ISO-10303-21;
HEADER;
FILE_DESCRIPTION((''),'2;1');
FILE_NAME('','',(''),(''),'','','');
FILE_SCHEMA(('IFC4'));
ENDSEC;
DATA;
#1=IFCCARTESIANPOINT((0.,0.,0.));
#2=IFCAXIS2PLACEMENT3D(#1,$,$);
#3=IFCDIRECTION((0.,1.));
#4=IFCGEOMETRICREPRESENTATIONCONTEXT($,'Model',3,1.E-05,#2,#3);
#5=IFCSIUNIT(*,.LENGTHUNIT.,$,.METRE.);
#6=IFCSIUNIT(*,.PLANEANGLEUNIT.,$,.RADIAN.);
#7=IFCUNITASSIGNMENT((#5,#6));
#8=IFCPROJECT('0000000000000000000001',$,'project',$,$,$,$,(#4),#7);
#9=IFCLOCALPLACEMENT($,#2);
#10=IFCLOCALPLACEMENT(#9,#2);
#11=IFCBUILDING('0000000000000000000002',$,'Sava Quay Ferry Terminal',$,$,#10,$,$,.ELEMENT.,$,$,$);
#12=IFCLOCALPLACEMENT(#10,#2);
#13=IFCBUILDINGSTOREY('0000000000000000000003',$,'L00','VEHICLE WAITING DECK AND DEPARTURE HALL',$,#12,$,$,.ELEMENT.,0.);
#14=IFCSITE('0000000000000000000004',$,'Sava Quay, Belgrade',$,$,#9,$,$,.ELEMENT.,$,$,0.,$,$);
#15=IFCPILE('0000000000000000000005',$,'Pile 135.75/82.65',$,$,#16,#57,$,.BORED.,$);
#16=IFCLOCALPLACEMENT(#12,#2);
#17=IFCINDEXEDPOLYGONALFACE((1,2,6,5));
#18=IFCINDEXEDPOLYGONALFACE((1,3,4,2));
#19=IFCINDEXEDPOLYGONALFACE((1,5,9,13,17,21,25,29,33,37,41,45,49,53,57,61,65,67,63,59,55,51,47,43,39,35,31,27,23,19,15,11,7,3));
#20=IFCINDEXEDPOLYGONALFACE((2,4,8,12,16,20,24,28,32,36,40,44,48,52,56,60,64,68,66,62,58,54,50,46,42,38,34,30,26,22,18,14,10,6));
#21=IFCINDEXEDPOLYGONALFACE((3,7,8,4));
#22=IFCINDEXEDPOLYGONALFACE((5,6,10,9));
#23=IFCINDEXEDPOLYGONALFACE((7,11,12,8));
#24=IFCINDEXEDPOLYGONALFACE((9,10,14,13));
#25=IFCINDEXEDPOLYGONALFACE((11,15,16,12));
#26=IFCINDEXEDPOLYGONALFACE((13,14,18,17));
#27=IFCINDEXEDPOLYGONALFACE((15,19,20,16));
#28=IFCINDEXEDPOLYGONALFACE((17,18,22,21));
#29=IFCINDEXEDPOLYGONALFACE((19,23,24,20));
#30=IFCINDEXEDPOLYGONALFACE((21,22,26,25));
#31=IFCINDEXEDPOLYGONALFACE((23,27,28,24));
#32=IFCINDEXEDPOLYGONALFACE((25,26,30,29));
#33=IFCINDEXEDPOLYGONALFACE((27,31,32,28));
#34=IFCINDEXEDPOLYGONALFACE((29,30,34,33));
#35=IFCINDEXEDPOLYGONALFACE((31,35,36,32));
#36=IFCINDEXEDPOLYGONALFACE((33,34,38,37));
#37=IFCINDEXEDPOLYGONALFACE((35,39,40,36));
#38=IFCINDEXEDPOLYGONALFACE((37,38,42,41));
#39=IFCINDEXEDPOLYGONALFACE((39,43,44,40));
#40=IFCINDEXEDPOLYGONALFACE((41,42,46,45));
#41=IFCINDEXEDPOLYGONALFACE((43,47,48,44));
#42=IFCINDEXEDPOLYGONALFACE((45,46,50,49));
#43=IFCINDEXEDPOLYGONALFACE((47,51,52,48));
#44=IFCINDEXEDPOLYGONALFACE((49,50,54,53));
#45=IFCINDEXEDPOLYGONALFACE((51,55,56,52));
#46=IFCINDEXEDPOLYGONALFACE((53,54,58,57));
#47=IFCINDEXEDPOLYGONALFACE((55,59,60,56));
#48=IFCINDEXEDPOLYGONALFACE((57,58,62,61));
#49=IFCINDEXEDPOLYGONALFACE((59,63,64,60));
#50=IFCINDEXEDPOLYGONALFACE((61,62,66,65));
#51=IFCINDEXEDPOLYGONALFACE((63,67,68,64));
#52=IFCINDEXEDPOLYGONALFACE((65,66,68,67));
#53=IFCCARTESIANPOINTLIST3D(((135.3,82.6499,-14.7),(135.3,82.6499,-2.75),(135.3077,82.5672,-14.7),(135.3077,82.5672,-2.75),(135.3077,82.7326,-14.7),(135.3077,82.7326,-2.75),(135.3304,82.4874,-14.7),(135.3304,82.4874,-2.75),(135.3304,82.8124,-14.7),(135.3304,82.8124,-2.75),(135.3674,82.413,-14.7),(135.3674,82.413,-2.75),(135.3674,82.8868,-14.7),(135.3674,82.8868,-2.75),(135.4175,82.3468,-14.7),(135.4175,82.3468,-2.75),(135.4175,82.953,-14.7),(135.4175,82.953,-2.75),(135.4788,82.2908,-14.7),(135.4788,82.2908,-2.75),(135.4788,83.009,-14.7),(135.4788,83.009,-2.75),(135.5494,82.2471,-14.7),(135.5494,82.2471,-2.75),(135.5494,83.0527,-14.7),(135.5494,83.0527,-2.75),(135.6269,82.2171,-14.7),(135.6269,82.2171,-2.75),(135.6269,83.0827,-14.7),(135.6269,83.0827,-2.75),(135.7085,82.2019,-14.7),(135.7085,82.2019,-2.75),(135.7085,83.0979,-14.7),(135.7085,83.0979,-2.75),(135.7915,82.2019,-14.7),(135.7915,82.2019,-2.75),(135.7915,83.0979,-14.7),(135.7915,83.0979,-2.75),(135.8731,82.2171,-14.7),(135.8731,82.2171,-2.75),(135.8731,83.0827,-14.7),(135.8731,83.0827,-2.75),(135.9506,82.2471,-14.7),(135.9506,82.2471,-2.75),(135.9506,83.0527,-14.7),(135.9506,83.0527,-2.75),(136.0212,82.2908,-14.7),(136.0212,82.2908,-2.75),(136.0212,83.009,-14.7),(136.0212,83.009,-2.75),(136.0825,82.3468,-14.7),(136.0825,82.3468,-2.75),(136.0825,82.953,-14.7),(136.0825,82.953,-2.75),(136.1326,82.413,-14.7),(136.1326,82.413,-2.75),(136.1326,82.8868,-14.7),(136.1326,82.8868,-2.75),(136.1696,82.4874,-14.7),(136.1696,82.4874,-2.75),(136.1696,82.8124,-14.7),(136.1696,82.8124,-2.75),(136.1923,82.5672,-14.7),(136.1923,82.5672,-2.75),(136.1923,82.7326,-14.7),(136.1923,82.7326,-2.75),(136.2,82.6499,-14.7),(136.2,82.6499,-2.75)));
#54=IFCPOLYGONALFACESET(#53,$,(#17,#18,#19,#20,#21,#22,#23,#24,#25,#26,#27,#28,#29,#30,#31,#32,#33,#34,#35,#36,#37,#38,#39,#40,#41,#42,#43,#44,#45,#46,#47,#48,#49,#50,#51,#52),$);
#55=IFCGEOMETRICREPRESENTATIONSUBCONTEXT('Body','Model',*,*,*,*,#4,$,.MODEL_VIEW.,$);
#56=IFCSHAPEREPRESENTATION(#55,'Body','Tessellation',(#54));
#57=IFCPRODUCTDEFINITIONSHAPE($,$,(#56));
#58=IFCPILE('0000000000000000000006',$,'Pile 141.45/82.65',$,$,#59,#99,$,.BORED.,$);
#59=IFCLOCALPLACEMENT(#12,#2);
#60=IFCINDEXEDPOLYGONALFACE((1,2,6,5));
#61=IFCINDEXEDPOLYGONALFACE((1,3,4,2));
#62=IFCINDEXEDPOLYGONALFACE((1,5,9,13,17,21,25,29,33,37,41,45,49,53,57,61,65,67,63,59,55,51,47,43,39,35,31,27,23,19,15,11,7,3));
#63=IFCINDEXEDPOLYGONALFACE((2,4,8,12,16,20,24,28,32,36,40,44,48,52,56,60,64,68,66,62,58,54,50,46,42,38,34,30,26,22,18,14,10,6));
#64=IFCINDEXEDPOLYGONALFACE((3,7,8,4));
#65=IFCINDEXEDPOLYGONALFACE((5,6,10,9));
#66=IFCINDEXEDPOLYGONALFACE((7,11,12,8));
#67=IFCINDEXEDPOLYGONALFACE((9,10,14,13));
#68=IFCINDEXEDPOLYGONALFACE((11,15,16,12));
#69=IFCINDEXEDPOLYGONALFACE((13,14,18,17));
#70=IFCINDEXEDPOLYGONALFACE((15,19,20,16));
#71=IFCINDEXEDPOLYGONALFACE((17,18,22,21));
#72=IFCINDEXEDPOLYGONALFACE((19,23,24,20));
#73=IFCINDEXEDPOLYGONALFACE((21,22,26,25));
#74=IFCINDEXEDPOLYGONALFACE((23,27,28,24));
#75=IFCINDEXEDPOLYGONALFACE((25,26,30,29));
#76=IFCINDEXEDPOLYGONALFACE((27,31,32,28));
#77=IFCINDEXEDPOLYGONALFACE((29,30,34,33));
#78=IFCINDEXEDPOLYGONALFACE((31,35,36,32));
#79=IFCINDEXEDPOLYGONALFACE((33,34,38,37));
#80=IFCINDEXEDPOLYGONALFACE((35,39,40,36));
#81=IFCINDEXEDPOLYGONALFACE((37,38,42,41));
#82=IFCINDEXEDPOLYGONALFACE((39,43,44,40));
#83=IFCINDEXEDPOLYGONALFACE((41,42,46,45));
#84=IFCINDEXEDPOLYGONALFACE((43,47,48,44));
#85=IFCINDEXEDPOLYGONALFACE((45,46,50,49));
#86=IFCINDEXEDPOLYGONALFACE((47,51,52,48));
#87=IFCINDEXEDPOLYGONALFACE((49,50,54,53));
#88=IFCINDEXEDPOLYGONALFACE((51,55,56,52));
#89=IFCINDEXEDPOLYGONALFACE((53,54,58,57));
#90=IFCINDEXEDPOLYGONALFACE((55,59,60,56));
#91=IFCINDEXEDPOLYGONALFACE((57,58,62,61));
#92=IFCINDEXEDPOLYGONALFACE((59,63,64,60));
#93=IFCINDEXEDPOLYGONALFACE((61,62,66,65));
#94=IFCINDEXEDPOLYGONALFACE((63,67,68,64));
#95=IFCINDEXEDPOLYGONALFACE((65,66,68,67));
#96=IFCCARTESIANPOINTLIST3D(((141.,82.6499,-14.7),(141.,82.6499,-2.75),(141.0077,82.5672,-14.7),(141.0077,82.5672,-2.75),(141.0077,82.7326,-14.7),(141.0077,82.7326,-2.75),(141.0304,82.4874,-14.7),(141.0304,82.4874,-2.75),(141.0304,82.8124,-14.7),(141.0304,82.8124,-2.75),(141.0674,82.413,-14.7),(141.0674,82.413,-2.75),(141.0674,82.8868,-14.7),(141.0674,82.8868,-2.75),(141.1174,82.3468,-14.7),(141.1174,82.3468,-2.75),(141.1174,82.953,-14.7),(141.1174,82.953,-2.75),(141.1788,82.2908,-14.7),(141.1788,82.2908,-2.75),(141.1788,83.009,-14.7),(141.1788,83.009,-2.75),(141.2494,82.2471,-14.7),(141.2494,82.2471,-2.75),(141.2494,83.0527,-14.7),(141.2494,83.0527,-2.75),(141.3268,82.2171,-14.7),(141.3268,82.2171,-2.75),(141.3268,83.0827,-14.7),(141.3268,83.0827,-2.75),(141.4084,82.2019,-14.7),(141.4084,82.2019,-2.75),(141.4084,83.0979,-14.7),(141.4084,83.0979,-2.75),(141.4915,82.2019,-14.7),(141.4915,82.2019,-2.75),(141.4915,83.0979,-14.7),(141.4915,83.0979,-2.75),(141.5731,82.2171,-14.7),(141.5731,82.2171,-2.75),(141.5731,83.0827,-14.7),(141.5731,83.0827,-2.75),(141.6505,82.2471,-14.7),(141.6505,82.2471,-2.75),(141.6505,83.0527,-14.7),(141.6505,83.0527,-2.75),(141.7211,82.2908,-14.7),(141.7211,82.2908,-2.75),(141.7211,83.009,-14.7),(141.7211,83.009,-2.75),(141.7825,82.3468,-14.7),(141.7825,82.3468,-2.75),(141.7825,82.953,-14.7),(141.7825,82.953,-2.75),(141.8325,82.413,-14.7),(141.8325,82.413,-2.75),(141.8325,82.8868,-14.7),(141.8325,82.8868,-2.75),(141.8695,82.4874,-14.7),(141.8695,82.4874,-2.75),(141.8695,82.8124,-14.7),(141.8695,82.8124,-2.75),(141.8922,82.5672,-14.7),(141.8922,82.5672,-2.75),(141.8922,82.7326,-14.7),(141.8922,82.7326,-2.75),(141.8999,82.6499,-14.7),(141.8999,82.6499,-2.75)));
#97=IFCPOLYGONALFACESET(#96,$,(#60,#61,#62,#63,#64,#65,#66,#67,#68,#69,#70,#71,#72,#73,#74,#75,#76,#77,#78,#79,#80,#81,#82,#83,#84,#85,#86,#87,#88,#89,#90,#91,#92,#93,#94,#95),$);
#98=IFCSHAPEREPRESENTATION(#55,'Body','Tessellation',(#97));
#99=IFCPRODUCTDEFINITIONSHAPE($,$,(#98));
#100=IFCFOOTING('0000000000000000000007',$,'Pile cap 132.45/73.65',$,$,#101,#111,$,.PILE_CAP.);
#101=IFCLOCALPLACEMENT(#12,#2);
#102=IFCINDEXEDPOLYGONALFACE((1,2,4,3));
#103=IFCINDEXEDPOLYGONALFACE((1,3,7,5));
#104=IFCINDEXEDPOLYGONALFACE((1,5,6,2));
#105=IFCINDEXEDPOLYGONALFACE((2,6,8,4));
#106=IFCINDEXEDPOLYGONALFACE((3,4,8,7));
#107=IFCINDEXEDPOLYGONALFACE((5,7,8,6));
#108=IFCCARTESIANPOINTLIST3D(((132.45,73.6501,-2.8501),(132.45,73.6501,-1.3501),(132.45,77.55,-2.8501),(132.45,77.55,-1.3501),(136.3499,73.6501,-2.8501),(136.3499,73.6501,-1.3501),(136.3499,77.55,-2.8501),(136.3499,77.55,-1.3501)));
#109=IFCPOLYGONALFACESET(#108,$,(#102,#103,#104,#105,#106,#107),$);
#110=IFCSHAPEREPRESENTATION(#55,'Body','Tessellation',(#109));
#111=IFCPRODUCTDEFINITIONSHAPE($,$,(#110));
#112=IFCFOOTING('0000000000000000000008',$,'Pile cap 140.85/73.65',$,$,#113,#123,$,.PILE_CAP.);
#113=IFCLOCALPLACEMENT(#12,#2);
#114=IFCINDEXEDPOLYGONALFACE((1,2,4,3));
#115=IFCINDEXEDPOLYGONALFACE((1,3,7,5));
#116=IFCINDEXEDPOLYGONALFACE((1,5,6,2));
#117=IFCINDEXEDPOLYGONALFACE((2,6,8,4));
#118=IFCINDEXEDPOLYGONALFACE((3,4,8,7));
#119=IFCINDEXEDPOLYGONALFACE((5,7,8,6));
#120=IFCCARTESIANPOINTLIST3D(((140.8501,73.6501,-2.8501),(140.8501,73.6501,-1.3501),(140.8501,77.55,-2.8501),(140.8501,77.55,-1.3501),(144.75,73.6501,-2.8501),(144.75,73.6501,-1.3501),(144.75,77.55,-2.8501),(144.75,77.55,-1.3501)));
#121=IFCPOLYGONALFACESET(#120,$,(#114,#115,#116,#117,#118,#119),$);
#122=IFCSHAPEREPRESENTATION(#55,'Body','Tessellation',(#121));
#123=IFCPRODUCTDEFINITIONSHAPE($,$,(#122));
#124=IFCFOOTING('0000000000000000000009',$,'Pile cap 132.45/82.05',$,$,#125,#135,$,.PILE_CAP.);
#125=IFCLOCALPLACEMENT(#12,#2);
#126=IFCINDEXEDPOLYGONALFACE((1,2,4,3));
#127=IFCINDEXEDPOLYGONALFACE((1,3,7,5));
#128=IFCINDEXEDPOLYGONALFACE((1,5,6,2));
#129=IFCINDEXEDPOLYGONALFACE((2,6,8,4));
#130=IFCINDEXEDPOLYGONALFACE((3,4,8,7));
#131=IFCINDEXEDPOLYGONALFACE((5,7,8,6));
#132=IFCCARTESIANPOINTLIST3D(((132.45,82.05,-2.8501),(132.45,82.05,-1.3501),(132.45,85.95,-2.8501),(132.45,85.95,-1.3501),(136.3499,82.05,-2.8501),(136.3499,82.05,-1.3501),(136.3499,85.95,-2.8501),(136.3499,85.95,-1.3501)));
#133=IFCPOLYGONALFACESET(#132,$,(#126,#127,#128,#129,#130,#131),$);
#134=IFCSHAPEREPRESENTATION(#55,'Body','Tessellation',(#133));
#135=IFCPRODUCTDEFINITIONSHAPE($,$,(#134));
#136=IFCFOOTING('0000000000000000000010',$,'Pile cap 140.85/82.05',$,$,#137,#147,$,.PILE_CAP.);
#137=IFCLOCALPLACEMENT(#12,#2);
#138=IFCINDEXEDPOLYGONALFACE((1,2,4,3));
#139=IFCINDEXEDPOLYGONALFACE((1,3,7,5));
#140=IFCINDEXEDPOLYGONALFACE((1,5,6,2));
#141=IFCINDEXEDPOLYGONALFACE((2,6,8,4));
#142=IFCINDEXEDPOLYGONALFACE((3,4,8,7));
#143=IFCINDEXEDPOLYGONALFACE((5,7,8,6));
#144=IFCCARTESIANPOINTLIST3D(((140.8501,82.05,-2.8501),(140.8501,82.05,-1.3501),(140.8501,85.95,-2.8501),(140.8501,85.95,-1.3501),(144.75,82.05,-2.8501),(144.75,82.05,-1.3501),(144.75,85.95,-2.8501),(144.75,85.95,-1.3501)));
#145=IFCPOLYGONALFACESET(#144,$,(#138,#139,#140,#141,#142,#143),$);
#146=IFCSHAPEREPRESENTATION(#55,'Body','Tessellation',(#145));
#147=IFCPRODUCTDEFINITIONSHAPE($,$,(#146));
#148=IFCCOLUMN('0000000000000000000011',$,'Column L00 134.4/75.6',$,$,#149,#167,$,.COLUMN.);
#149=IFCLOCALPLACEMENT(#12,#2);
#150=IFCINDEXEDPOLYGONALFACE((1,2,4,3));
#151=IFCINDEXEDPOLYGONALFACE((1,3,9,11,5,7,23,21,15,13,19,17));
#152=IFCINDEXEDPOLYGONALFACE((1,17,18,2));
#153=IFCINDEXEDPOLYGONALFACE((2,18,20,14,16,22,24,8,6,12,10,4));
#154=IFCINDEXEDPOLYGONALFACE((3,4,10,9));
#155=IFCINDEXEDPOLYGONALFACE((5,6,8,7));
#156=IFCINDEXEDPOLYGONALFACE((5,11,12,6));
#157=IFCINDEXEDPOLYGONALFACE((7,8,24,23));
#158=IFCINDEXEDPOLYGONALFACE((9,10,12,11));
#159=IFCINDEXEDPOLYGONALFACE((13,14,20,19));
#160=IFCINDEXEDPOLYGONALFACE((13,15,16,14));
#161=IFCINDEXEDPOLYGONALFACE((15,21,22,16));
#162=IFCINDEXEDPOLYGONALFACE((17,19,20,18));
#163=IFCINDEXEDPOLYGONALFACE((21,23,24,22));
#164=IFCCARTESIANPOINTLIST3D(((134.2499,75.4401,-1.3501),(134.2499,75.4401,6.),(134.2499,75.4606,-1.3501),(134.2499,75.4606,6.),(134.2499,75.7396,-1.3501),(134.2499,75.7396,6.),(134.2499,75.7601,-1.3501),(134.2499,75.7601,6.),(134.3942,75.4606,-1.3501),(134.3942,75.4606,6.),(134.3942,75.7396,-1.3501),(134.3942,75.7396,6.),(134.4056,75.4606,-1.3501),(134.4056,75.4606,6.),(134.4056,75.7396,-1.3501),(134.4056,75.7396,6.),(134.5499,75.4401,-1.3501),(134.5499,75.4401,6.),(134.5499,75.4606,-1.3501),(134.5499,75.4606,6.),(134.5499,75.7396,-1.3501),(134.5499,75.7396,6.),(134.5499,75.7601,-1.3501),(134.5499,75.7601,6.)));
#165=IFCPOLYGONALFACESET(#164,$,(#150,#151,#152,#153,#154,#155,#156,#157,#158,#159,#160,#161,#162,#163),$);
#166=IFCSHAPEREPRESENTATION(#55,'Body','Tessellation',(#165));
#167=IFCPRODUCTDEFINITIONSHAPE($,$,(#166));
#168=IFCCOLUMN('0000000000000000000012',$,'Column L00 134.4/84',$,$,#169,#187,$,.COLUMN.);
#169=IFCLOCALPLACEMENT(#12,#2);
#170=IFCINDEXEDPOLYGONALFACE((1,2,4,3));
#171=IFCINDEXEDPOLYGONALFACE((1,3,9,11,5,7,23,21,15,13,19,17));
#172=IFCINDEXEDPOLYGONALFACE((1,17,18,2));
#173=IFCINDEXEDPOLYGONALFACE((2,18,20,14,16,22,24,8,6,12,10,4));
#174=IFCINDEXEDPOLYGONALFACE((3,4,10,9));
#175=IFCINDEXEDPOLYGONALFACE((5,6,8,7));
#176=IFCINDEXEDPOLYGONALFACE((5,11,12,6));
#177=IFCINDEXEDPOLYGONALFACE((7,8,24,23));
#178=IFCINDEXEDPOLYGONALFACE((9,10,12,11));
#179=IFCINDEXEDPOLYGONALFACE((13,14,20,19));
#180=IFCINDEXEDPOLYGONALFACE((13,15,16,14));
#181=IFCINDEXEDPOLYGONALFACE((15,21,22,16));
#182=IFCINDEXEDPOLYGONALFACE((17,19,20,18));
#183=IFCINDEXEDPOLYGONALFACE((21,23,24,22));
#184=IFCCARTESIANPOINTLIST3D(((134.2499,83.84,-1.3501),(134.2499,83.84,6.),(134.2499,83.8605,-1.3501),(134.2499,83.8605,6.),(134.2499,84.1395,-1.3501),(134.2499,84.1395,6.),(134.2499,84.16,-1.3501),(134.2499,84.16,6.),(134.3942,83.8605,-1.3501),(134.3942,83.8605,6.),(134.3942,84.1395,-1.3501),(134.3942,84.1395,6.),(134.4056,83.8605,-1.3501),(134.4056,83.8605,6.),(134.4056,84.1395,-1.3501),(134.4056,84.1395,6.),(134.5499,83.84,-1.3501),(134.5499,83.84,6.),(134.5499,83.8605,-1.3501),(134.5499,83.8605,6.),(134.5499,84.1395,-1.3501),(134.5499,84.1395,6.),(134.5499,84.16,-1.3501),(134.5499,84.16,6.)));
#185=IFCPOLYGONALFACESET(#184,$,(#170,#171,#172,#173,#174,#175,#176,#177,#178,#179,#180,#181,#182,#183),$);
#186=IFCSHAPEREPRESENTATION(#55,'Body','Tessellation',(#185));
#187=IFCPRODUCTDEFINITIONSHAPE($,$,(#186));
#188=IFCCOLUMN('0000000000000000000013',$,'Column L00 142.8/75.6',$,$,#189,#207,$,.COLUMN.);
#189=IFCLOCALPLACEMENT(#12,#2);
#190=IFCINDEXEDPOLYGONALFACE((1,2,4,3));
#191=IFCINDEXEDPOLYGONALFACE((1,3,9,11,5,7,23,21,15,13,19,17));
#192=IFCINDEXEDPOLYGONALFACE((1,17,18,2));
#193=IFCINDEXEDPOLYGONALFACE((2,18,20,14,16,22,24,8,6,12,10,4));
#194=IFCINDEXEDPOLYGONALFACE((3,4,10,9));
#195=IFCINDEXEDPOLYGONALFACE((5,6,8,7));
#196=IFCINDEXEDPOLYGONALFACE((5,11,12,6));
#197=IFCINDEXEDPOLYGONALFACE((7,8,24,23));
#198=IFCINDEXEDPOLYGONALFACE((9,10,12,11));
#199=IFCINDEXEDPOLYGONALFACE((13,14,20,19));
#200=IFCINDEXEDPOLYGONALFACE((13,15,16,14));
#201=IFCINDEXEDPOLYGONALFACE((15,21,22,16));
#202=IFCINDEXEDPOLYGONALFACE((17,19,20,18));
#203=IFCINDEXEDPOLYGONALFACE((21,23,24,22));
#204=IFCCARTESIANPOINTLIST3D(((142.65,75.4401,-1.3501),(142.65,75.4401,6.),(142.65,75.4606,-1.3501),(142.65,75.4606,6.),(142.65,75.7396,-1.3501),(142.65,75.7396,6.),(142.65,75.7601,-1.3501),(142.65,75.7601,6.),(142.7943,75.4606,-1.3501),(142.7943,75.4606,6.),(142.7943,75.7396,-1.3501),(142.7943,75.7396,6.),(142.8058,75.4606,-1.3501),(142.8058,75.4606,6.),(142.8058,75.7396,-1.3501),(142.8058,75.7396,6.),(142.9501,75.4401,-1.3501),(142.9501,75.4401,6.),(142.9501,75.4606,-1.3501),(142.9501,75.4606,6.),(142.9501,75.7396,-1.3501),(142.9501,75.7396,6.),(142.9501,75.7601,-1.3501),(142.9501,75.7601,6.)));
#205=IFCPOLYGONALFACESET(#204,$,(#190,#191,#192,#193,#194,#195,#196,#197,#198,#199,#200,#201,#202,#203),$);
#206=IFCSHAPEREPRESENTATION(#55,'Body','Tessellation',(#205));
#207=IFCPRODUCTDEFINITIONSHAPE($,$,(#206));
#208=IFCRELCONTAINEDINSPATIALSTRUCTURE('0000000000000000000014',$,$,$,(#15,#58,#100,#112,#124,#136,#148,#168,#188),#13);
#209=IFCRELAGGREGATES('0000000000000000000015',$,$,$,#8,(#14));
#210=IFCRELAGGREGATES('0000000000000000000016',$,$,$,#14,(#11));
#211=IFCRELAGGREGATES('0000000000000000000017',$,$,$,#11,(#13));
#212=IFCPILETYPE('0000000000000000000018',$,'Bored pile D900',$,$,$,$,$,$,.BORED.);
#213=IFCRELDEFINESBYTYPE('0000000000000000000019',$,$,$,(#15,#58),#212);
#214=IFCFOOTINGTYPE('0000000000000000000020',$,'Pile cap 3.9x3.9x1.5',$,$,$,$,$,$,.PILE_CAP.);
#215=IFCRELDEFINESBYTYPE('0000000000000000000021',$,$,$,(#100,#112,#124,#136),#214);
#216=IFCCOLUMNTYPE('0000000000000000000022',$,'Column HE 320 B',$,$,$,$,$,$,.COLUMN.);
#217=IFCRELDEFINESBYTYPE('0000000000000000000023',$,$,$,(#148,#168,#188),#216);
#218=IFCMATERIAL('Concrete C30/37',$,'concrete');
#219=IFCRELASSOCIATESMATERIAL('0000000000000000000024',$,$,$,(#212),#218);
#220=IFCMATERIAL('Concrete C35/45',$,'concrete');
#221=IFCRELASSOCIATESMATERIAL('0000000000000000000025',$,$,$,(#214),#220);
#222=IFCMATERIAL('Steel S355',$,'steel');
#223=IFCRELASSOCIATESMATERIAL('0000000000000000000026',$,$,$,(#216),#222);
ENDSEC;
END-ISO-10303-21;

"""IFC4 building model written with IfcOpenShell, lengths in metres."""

from ifc_helpers import new_model, si_unit, direction, frame, origin, origin_2d, place, context, subcontext, project, spatial, rectangle, circle, i_section, extrude, material, material_profile, profile_set, type_object, element, save


model = new_model("IFC4")

# Units and contexts
model_context = context("Model", 3, precision=1e-05, world=origin(), true_north=direction((0.0, 1.0)))
body_context = subcontext(model_context, "Body", "Model", "MODEL_VIEW")
ifc_project = project(units=[si_unit("LENGTHUNIT", "METRE"), si_unit("PLANEANGLEUNIT", "RADIAN")], contexts=[model_context])

# Site, building, storey
site_placement = place(None, origin())
site = spatial("IfcSite", under=ifc_project, at=site_placement, Name="Sava Quay, Belgrade", CompositionType="ELEMENT", RefElevation=0.0)
building_placement = place(site_placement, origin())
building = spatial("IfcBuilding", under=site, at=building_placement, Name="Sava Quay Ferry Terminal", CompositionType="ELEMENT")
storey_placement = place(building_placement, origin())
storey = spatial("IfcBuildingStorey", under=building, at=storey_placement, Name="L00", Description="VEHICLE WAITING DECK AND DEPARTURE HALL", CompositionType="ELEMENT", Elevation=0.0)

# Piles
ifc_material_1 = material(Name="Concrete C30/37", Category="concrete")
ifc_material_profile_1 = material_profile(ifc_material_1, circle(Radius=0.45, at=origin_2d()), Name="Bored pile D900")
ifc_profile_set_1 = profile_set([ifc_material_profile_1], Name="Concrete C30/37")
pile_type = type_object("IfcPileType", Name="Bored pile D900", PredefinedType="BORED", material=ifc_profile_set_1)
for number, where, z_axis, x_axis, name in (
    (1, (135.75, 82.6499, -2.75), (0.0, 0.0, -1.0), (1.0, 0.0, 0.0), "Pile 135.75/82.65"),
    (2, (141.45, 82.6499, -2.75), (0.0, 0.0, -1.0), (1.0, 0.0, 0.0), "Pile 141.45/82.65"),
):
    element("IfcPile", number, at=place(storey_placement, frame(where, z_axis=z_axis, x_axis=x_axis)), inside=storey, type_object=pile_type, Name=name, PredefinedType="BORED", context=body_context, shape_type="SweptSolid", body=[
        extrude(circle(Radius=0.45, at=origin_2d()), origin(), (0.0, 0.0, 1.0), 11.95),
    ])

# Footings
ifc_material_2 = material(Name="Concrete C35/45", Category="concrete")
footing_type = type_object("IfcFootingType", Name="Pile cap 3.9x3.9x1.5", PredefinedType="PILE_CAP", material=ifc_material_2)
for number, where, z_axis, x_axis, name in (
    (3, (134.3999, 75.6001, -2.8501), (0.0, 0.0, 1.0), (1.0, 0.0, 0.0), "Pile cap 132.45/73.65"),
    (4, (142.8, 75.6001, -2.8501), (0.0, 0.0, 1.0), (1.0, 0.0, 0.0), "Pile cap 140.85/73.65"),
    (5, (134.3999, 84.0, -2.8501), (0.0, 0.0, 1.0), (1.0, 0.0, 0.0), "Pile cap 132.45/82.05"),
    (6, (142.8, 84.0, -2.8501), (0.0, 0.0, 1.0), (1.0, 0.0, 0.0), "Pile cap 140.85/82.05"),
):
    element("IfcFooting", number, at=place(storey_placement, frame(where, z_axis=z_axis, x_axis=x_axis)), inside=storey, type_object=footing_type, Name=name, PredefinedType="PILE_CAP", context=body_context, shape_type="SweptSolid", body=[
        extrude(rectangle(XDim=3.8999, YDim=3.8999, at=origin_2d()), origin(), (0.0, 0.0, 1.0), 1.5),
    ])

# Columns
ifc_material_3 = material(Name="Steel S355", Category="steel")
ifc_material_profile_2 = material_profile(ifc_material_3, i_section(OverallWidth=0.3, OverallDepth=0.3201, WebThickness=0.0115, FlangeThickness=0.0205, at=origin_2d()), Name="HE 320 B")
ifc_profile_set_2 = profile_set([ifc_material_profile_2], Name="Steel S355")
column_type = type_object("IfcColumnType", Name="Column HE 320 B", PredefinedType="COLUMN", material=ifc_profile_set_2)
for number, where, z_axis, x_axis, name in (
    (7, (134.3999, 75.6001, -1.3501), (0.0, 0.0, 1.0), (1.0, 0.0, 0.0), "Column L00 134.4/75.6"),
    (8, (134.3999, 84.0, -1.3501), (0.0, 0.0, 1.0), (1.0, 0.0, 0.0), "Column L00 134.4/84"),
    (9, (142.8, 75.6001, -1.3501), (0.0, 0.0, 1.0), (1.0, 0.0, 0.0), "Column L00 142.8/75.6"),
):
    element("IfcColumn", number, at=place(storey_placement, frame(where, z_axis=z_axis, x_axis=x_axis)), inside=storey, type_object=column_type, Name=name, PredefinedType="COLUMN", context=body_context, shape_type="SweptSolid", body=[
        extrude(i_section(OverallWidth=0.3, OverallDepth=0.3201, WebThickness=0.0115, FlangeThickness=0.0205, at=origin_2d()), origin(), (0.0, 0.0, 1.0), 7.3501),
    ])

save(model, "model.ifc")
